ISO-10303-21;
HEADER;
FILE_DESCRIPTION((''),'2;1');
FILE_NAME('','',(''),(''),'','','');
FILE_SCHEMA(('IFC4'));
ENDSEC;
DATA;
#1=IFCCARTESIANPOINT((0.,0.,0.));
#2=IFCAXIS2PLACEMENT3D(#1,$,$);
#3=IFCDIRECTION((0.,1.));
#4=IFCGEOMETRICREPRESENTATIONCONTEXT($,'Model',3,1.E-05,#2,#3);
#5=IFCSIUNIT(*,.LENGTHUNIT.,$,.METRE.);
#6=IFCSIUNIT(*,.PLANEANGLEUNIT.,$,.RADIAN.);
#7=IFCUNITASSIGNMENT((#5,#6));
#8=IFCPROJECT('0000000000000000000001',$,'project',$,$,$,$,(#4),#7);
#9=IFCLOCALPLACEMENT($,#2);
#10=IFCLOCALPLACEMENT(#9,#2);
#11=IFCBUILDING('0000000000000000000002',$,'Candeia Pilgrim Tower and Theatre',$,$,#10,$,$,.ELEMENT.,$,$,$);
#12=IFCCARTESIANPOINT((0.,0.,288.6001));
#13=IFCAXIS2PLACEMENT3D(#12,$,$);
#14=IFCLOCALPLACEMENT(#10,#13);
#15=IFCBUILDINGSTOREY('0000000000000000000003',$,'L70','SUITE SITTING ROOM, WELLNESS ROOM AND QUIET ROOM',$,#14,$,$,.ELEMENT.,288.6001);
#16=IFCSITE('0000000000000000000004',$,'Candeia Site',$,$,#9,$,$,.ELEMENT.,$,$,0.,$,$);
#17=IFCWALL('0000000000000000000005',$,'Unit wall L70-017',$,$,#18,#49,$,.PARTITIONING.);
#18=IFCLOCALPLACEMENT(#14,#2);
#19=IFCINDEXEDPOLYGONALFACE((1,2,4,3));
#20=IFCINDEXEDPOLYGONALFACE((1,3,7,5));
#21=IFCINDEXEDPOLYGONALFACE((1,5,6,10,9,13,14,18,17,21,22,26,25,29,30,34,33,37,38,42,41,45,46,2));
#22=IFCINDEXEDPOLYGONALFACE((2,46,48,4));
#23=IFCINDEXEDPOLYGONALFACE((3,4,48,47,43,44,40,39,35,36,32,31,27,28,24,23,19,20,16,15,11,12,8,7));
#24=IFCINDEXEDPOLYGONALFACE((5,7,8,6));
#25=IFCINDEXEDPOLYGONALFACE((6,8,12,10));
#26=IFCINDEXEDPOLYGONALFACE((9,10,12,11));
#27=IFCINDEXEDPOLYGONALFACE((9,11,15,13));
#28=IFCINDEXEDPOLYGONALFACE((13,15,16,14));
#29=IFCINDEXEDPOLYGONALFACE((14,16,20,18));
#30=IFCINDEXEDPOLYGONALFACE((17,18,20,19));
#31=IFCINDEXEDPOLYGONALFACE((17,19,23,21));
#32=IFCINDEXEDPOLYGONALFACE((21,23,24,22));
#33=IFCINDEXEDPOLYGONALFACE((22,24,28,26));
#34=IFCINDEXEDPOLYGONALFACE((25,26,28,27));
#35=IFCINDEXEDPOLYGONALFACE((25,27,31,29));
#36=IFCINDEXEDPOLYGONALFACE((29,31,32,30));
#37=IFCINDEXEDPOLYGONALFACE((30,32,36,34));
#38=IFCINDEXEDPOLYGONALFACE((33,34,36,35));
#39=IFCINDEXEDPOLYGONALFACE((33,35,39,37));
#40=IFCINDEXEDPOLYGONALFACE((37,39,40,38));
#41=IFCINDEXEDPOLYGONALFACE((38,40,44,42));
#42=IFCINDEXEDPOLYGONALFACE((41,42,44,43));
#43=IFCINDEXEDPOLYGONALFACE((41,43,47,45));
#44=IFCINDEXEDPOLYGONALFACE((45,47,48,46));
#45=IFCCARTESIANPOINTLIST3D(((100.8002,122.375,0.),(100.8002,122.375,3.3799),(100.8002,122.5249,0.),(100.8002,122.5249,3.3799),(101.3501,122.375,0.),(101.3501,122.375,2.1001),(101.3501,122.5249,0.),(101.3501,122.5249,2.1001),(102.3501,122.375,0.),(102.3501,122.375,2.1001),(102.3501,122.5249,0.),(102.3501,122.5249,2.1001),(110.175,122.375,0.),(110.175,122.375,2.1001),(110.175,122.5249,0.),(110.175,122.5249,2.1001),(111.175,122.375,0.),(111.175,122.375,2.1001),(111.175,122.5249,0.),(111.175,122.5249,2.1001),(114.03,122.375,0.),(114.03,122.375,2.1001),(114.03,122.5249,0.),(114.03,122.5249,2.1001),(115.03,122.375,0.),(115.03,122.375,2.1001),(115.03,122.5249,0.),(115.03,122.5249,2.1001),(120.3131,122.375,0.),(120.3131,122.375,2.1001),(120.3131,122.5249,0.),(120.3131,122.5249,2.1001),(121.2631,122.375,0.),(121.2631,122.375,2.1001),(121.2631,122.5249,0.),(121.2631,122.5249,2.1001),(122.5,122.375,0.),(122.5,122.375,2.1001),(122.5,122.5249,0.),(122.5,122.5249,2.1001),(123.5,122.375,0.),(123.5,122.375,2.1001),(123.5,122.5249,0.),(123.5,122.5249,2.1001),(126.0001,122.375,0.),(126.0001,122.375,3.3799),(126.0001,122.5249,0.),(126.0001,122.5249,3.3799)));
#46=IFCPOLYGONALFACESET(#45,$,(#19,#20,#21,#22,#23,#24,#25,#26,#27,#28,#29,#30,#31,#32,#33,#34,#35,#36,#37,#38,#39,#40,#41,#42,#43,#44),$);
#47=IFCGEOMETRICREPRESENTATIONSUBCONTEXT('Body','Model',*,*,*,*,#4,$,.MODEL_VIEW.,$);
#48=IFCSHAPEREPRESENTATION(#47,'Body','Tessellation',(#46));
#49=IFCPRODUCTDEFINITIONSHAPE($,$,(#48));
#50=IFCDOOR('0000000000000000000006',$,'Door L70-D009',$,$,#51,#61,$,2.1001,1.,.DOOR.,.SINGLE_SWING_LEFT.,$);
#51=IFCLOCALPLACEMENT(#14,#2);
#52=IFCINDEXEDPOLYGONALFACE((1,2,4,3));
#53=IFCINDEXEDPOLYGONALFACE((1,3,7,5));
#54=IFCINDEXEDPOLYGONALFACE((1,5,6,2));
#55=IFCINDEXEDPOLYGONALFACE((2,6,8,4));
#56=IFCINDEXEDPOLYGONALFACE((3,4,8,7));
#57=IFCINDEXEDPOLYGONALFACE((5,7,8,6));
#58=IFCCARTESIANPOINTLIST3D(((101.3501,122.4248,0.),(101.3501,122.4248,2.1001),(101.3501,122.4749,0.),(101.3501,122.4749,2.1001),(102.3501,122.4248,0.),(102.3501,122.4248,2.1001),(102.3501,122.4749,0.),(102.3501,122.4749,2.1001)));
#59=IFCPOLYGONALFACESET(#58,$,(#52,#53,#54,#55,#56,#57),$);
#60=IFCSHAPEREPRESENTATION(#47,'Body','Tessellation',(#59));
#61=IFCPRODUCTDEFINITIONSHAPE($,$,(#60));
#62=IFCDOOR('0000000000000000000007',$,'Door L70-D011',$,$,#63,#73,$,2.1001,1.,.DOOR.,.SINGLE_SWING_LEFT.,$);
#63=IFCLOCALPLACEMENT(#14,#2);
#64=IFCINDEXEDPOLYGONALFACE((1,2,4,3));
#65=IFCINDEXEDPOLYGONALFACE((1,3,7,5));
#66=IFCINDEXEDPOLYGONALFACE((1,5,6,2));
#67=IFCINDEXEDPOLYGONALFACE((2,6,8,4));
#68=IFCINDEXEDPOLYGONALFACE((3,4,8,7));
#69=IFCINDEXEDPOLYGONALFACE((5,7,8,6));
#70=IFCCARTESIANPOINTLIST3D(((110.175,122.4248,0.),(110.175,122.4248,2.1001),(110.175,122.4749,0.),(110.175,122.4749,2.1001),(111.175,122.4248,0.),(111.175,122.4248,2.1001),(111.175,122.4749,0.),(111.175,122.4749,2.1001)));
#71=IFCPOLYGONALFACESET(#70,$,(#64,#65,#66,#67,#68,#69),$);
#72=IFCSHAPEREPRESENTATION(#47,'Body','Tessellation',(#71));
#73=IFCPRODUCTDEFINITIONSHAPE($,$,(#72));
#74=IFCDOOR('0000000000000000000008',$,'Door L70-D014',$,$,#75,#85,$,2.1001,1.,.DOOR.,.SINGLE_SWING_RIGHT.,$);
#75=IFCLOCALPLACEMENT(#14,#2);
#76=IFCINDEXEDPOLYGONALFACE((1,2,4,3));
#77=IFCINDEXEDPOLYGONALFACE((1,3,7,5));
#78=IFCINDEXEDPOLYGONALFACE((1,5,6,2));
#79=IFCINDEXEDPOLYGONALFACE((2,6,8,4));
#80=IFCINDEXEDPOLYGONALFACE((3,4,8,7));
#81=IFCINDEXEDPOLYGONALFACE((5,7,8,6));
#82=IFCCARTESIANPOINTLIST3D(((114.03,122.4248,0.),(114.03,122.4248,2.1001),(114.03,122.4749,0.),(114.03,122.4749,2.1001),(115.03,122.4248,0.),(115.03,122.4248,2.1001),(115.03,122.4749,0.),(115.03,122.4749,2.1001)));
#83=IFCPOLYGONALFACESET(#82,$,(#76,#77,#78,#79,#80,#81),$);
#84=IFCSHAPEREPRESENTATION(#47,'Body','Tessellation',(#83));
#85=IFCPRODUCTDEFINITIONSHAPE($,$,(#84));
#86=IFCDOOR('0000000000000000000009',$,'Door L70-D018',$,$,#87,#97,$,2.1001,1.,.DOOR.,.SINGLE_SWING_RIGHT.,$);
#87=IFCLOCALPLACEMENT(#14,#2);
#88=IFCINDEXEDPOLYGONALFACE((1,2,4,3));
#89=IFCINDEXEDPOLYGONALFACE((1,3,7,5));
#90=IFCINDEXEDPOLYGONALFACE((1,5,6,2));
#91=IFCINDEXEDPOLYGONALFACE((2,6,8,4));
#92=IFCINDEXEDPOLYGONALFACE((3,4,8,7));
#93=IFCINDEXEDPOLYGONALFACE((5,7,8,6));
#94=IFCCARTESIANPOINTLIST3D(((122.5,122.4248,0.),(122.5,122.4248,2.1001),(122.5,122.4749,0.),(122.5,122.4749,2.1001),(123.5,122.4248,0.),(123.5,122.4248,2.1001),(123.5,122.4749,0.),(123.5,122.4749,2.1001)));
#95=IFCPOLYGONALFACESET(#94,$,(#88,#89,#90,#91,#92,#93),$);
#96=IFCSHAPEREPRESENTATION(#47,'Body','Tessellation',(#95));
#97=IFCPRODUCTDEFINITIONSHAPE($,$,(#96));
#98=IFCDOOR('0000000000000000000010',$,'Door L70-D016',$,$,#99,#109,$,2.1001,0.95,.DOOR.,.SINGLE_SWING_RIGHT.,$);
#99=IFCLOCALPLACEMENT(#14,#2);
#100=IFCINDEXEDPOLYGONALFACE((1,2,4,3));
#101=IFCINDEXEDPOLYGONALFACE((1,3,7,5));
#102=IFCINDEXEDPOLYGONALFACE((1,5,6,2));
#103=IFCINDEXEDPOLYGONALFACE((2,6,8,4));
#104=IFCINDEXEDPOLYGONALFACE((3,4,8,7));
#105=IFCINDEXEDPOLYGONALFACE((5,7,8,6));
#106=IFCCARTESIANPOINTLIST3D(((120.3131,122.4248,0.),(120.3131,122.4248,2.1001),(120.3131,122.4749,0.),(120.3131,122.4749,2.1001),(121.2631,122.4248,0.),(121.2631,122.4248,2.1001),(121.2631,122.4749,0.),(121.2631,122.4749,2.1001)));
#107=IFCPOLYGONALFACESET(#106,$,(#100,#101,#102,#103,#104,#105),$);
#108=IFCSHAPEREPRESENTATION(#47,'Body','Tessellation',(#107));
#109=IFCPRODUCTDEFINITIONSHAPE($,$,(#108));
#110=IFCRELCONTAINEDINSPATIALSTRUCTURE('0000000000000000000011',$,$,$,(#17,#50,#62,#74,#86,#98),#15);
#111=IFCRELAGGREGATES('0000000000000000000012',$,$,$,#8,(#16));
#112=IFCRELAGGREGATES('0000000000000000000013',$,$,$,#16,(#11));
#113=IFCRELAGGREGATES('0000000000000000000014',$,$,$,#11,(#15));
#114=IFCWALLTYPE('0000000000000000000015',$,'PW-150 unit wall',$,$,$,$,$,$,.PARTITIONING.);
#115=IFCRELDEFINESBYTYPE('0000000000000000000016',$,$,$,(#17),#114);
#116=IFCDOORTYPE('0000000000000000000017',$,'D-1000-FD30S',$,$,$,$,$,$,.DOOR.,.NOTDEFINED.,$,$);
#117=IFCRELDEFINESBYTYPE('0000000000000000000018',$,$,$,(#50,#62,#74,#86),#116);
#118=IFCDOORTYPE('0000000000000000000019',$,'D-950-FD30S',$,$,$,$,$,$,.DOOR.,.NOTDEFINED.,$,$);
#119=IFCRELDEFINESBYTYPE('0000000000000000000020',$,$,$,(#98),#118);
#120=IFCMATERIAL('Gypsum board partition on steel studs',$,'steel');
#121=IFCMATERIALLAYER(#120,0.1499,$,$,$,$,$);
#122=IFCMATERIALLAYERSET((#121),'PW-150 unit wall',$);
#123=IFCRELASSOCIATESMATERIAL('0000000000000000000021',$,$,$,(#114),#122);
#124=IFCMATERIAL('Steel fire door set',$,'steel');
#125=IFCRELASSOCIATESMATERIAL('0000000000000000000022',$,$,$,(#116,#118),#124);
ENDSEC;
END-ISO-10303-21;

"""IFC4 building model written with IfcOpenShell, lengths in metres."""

from ifc_helpers import new_model, si_unit, direction, frame, frame_2d, origin, place, context, subcontext, project, spatial, rectangle, extrude, material, layer, layer_set, type_object, element, fill, save


model = new_model("IFC4")

# Units and contexts
model_context = context("Model", 3, precision=1e-05, world=origin(), true_north=direction((0.0, 1.0)))
body_context = subcontext(model_context, "Body", "Model", "MODEL_VIEW")
ifc_project = project(units=[si_unit("LENGTHUNIT", "METRE"), si_unit("PLANEANGLEUNIT", "RADIAN")], contexts=[model_context])

# Site, building, storey
site_placement = place(None, origin())
site = spatial("IfcSite", under=ifc_project, at=site_placement, Name="Candeia Site", CompositionType="ELEMENT", RefElevation=0.0)
building_placement = place(site_placement, origin())
building = spatial("IfcBuilding", under=site, at=building_placement, Name="Candeia Pilgrim Tower and Theatre", CompositionType="ELEMENT")
storey_placement = place(building_placement, frame((0.0, 0.0, 288.6001)))
storey = spatial("IfcBuildingStorey", under=building, at=storey_placement, Name="L70", Description="SUITE SITTING ROOM, WELLNESS ROOM AND QUIET ROOM", CompositionType="ELEMENT", Elevation=288.6001)

# Shared definitions
ifc_material_1 = material(Name="Gypsum board partition on steel studs", Category="steel")

# Wall, openings, doors
ifc_layer_1 = layer(ifc_material_1, 0.1499)
ifc_layer_set_1 = layer_set([ifc_layer_1], Name="PW-150 unit wall")
wall_type_1 = type_object("IfcWallType", Name="PW-150 unit wall", PredefinedType="PARTITIONING", material=ifc_layer_set_1)
wall_1_placement = place(storey_placement, frame((100.8, 122.45, 0.0), z_axis=(0.0, 0.0, 1.0), x_axis=(1.0, 0.0, 0.0)))
wall_1 = element("IfcWall", 1, at=wall_1_placement, inside=storey, type_object=wall_type_1, Name="Unit wall L70-017", PredefinedType="PARTITIONING", context=body_context, shape_type="SweptSolid", body=[
    extrude(rectangle(XDim=25.2, YDim=0.1499, at=frame_2d((12.6001, 0.0))), origin(), (0.0, 0.0, 1.0), 3.3799),
])
opening_1_placement = place(wall_1_placement, frame((0.55, 0.0, 0.0)))
opening_1 = element("IfcOpeningElement", 2, at=opening_1_placement, cuts=wall_1, PredefinedType="OPENING", context=body_context, shape_type="SweptSolid", body=[
    extrude(rectangle(XDim=1.0, YDim=2.1001, at=frame_2d((0.5, 1.05))), frame((0.0, 0.085, 0.0), z_axis=(0.0, -1.0, 0.0), x_axis=(1.0, 0.0, 0.0)), (0.0, 0.0, 1.0), 0.1699),
])
opening_2_placement = place(wall_1_placement, frame((9.375, 0.0, 0.0)))
opening_2 = element("IfcOpeningElement", 3, at=opening_2_placement, cuts=wall_1, PredefinedType="OPENING", context=body_context, shape_type="SweptSolid", body=[
    extrude(rectangle(XDim=1.0, YDim=2.1001, at=frame_2d((0.5, 1.05))), frame((0.0, 0.085, 0.0), z_axis=(0.0, -1.0, 0.0), x_axis=(1.0, 0.0, 0.0)), (0.0, 0.0, 1.0), 0.1699),
])
opening_3_placement = place(wall_1_placement, frame((13.23, 0.0, 0.0)))
opening_3 = element("IfcOpeningElement", 4, at=opening_3_placement, cuts=wall_1, PredefinedType="OPENING", context=body_context, shape_type="SweptSolid", body=[
    extrude(rectangle(XDim=1.0, YDim=2.1001, at=frame_2d((0.5, 1.05))), frame((0.0, 0.085, 0.0), z_axis=(0.0, -1.0, 0.0), x_axis=(1.0, 0.0, 0.0)), (0.0, 0.0, 1.0), 0.1699),
])
opening_4_placement = place(wall_1_placement, frame((19.5129, 0.0, 0.0)))
opening_4 = element("IfcOpeningElement", 5, at=opening_4_placement, cuts=wall_1, PredefinedType="OPENING", context=body_context, shape_type="SweptSolid", body=[
    extrude(rectangle(XDim=0.95, YDim=2.1001, at=frame_2d((0.4751, 1.05))), frame((0.0, 0.085, 0.0), z_axis=(0.0, -1.0, 0.0), x_axis=(1.0, 0.0, 0.0)), (0.0, 0.0, 1.0), 0.1699),
])
opening_5_placement = place(wall_1_placement, frame((21.7, 0.0, 0.0)))
opening_5 = element("IfcOpeningElement", 6, at=opening_5_placement, cuts=wall_1, PredefinedType="OPENING", context=body_context, shape_type="SweptSolid", body=[
    extrude(rectangle(XDim=1.0, YDim=2.1001, at=frame_2d((0.5, 1.05))), frame((0.0, 0.085, 0.0), z_axis=(0.0, -1.0, 0.0), x_axis=(1.0, 0.0, 0.0)), (0.0, 0.0, 1.0), 0.1699),
])
ifc_material_2 = material(Name="Steel fire door set", Category="steel")
door_type_1 = type_object("IfcDoorType", Name="D-1000-FD30S", OperationType="NOTDEFINED", PredefinedType="DOOR", material=ifc_material_2)
door_1_placement = place(opening_1_placement, origin())
door_1 = element("IfcDoor", 7, at=door_1_placement, inside=storey, type_object=door_type_1, Name="Door L70-D009", OperationType="SINGLE_SWING_LEFT", OverallHeight=2.1001, OverallWidth=1.0, PredefinedType="DOOR", context=body_context, shape_type="SweptSolid", body=[
    extrude(rectangle(XDim=1.0, YDim=2.1001, at=frame_2d((0.5, 1.05))), frame((0.0, 0.0249, 0.0), z_axis=(0.0, -1.0, 0.0), x_axis=(1.0, 0.0, 0.0)), (0.0, 0.0, 1.0), 0.05),
])
fill(opening_1, door_1)
door_2_placement = place(opening_2_placement, origin())
door_2 = element("IfcDoor", 8, at=door_2_placement, inside=storey, type_object=door_type_1, Name="Door L70-D011", OperationType="SINGLE_SWING_LEFT", OverallHeight=2.1001, OverallWidth=1.0, PredefinedType="DOOR", context=body_context, shape_type="SweptSolid", body=[
    extrude(rectangle(XDim=1.0, YDim=2.1001, at=frame_2d((0.5, 1.05))), frame((0.0, 0.0249, 0.0), z_axis=(0.0, -1.0, 0.0), x_axis=(1.0, 0.0, 0.0)), (0.0, 0.0, 1.0), 0.05),
])
fill(opening_2, door_2)
door_3_placement = place(opening_3_placement, origin())
door_3 = element("IfcDoor", 9, at=door_3_placement, inside=storey, type_object=door_type_1, Name="Door L70-D014", OperationType="SINGLE_SWING_RIGHT", OverallHeight=2.1001, OverallWidth=1.0, PredefinedType="DOOR", context=body_context, shape_type="SweptSolid", body=[
    extrude(rectangle(XDim=1.0, YDim=2.1001, at=frame_2d((0.5, 1.05))), frame((0.0, 0.0249, 0.0), z_axis=(0.0, -1.0, 0.0), x_axis=(1.0, 0.0, 0.0)), (0.0, 0.0, 1.0), 0.05),
])
fill(opening_3, door_3)
door_4_placement = place(opening_5_placement, origin())
door_4 = element("IfcDoor", 10, at=door_4_placement, inside=storey, type_object=door_type_1, Name="Door L70-D018", OperationType="SINGLE_SWING_RIGHT", OverallHeight=2.1001, OverallWidth=1.0, PredefinedType="DOOR", context=body_context, shape_type="SweptSolid", body=[
    extrude(rectangle(XDim=1.0, YDim=2.1001, at=frame_2d((0.5, 1.05))), frame((0.0, 0.0249, 0.0), z_axis=(0.0, -1.0, 0.0), x_axis=(1.0, 0.0, 0.0)), (0.0, 0.0, 1.0), 0.05),
])
fill(opening_5, door_4)
door_type_2 = type_object("IfcDoorType", Name="D-950-FD30S", OperationType="NOTDEFINED", PredefinedType="DOOR", material=ifc_material_2)
door_5_placement = place(opening_4_placement, origin())
door_5 = element("IfcDoor", 11, at=door_5_placement, inside=storey, type_object=door_type_2, Name="Door L70-D016", OperationType="SINGLE_SWING_RIGHT", OverallHeight=2.1001, OverallWidth=0.95, PredefinedType="DOOR", context=body_context, shape_type="SweptSolid", body=[
    extrude(rectangle(XDim=0.95, YDim=2.1001, at=frame_2d((0.4751, 1.05))), frame((0.0, 0.0249, 0.0), z_axis=(0.0, -1.0, 0.0), x_axis=(1.0, 0.0, 0.0)), (0.0, 0.0, 1.0), 0.05),
])
fill(opening_4, door_5)

save(model, "model.ifc")
